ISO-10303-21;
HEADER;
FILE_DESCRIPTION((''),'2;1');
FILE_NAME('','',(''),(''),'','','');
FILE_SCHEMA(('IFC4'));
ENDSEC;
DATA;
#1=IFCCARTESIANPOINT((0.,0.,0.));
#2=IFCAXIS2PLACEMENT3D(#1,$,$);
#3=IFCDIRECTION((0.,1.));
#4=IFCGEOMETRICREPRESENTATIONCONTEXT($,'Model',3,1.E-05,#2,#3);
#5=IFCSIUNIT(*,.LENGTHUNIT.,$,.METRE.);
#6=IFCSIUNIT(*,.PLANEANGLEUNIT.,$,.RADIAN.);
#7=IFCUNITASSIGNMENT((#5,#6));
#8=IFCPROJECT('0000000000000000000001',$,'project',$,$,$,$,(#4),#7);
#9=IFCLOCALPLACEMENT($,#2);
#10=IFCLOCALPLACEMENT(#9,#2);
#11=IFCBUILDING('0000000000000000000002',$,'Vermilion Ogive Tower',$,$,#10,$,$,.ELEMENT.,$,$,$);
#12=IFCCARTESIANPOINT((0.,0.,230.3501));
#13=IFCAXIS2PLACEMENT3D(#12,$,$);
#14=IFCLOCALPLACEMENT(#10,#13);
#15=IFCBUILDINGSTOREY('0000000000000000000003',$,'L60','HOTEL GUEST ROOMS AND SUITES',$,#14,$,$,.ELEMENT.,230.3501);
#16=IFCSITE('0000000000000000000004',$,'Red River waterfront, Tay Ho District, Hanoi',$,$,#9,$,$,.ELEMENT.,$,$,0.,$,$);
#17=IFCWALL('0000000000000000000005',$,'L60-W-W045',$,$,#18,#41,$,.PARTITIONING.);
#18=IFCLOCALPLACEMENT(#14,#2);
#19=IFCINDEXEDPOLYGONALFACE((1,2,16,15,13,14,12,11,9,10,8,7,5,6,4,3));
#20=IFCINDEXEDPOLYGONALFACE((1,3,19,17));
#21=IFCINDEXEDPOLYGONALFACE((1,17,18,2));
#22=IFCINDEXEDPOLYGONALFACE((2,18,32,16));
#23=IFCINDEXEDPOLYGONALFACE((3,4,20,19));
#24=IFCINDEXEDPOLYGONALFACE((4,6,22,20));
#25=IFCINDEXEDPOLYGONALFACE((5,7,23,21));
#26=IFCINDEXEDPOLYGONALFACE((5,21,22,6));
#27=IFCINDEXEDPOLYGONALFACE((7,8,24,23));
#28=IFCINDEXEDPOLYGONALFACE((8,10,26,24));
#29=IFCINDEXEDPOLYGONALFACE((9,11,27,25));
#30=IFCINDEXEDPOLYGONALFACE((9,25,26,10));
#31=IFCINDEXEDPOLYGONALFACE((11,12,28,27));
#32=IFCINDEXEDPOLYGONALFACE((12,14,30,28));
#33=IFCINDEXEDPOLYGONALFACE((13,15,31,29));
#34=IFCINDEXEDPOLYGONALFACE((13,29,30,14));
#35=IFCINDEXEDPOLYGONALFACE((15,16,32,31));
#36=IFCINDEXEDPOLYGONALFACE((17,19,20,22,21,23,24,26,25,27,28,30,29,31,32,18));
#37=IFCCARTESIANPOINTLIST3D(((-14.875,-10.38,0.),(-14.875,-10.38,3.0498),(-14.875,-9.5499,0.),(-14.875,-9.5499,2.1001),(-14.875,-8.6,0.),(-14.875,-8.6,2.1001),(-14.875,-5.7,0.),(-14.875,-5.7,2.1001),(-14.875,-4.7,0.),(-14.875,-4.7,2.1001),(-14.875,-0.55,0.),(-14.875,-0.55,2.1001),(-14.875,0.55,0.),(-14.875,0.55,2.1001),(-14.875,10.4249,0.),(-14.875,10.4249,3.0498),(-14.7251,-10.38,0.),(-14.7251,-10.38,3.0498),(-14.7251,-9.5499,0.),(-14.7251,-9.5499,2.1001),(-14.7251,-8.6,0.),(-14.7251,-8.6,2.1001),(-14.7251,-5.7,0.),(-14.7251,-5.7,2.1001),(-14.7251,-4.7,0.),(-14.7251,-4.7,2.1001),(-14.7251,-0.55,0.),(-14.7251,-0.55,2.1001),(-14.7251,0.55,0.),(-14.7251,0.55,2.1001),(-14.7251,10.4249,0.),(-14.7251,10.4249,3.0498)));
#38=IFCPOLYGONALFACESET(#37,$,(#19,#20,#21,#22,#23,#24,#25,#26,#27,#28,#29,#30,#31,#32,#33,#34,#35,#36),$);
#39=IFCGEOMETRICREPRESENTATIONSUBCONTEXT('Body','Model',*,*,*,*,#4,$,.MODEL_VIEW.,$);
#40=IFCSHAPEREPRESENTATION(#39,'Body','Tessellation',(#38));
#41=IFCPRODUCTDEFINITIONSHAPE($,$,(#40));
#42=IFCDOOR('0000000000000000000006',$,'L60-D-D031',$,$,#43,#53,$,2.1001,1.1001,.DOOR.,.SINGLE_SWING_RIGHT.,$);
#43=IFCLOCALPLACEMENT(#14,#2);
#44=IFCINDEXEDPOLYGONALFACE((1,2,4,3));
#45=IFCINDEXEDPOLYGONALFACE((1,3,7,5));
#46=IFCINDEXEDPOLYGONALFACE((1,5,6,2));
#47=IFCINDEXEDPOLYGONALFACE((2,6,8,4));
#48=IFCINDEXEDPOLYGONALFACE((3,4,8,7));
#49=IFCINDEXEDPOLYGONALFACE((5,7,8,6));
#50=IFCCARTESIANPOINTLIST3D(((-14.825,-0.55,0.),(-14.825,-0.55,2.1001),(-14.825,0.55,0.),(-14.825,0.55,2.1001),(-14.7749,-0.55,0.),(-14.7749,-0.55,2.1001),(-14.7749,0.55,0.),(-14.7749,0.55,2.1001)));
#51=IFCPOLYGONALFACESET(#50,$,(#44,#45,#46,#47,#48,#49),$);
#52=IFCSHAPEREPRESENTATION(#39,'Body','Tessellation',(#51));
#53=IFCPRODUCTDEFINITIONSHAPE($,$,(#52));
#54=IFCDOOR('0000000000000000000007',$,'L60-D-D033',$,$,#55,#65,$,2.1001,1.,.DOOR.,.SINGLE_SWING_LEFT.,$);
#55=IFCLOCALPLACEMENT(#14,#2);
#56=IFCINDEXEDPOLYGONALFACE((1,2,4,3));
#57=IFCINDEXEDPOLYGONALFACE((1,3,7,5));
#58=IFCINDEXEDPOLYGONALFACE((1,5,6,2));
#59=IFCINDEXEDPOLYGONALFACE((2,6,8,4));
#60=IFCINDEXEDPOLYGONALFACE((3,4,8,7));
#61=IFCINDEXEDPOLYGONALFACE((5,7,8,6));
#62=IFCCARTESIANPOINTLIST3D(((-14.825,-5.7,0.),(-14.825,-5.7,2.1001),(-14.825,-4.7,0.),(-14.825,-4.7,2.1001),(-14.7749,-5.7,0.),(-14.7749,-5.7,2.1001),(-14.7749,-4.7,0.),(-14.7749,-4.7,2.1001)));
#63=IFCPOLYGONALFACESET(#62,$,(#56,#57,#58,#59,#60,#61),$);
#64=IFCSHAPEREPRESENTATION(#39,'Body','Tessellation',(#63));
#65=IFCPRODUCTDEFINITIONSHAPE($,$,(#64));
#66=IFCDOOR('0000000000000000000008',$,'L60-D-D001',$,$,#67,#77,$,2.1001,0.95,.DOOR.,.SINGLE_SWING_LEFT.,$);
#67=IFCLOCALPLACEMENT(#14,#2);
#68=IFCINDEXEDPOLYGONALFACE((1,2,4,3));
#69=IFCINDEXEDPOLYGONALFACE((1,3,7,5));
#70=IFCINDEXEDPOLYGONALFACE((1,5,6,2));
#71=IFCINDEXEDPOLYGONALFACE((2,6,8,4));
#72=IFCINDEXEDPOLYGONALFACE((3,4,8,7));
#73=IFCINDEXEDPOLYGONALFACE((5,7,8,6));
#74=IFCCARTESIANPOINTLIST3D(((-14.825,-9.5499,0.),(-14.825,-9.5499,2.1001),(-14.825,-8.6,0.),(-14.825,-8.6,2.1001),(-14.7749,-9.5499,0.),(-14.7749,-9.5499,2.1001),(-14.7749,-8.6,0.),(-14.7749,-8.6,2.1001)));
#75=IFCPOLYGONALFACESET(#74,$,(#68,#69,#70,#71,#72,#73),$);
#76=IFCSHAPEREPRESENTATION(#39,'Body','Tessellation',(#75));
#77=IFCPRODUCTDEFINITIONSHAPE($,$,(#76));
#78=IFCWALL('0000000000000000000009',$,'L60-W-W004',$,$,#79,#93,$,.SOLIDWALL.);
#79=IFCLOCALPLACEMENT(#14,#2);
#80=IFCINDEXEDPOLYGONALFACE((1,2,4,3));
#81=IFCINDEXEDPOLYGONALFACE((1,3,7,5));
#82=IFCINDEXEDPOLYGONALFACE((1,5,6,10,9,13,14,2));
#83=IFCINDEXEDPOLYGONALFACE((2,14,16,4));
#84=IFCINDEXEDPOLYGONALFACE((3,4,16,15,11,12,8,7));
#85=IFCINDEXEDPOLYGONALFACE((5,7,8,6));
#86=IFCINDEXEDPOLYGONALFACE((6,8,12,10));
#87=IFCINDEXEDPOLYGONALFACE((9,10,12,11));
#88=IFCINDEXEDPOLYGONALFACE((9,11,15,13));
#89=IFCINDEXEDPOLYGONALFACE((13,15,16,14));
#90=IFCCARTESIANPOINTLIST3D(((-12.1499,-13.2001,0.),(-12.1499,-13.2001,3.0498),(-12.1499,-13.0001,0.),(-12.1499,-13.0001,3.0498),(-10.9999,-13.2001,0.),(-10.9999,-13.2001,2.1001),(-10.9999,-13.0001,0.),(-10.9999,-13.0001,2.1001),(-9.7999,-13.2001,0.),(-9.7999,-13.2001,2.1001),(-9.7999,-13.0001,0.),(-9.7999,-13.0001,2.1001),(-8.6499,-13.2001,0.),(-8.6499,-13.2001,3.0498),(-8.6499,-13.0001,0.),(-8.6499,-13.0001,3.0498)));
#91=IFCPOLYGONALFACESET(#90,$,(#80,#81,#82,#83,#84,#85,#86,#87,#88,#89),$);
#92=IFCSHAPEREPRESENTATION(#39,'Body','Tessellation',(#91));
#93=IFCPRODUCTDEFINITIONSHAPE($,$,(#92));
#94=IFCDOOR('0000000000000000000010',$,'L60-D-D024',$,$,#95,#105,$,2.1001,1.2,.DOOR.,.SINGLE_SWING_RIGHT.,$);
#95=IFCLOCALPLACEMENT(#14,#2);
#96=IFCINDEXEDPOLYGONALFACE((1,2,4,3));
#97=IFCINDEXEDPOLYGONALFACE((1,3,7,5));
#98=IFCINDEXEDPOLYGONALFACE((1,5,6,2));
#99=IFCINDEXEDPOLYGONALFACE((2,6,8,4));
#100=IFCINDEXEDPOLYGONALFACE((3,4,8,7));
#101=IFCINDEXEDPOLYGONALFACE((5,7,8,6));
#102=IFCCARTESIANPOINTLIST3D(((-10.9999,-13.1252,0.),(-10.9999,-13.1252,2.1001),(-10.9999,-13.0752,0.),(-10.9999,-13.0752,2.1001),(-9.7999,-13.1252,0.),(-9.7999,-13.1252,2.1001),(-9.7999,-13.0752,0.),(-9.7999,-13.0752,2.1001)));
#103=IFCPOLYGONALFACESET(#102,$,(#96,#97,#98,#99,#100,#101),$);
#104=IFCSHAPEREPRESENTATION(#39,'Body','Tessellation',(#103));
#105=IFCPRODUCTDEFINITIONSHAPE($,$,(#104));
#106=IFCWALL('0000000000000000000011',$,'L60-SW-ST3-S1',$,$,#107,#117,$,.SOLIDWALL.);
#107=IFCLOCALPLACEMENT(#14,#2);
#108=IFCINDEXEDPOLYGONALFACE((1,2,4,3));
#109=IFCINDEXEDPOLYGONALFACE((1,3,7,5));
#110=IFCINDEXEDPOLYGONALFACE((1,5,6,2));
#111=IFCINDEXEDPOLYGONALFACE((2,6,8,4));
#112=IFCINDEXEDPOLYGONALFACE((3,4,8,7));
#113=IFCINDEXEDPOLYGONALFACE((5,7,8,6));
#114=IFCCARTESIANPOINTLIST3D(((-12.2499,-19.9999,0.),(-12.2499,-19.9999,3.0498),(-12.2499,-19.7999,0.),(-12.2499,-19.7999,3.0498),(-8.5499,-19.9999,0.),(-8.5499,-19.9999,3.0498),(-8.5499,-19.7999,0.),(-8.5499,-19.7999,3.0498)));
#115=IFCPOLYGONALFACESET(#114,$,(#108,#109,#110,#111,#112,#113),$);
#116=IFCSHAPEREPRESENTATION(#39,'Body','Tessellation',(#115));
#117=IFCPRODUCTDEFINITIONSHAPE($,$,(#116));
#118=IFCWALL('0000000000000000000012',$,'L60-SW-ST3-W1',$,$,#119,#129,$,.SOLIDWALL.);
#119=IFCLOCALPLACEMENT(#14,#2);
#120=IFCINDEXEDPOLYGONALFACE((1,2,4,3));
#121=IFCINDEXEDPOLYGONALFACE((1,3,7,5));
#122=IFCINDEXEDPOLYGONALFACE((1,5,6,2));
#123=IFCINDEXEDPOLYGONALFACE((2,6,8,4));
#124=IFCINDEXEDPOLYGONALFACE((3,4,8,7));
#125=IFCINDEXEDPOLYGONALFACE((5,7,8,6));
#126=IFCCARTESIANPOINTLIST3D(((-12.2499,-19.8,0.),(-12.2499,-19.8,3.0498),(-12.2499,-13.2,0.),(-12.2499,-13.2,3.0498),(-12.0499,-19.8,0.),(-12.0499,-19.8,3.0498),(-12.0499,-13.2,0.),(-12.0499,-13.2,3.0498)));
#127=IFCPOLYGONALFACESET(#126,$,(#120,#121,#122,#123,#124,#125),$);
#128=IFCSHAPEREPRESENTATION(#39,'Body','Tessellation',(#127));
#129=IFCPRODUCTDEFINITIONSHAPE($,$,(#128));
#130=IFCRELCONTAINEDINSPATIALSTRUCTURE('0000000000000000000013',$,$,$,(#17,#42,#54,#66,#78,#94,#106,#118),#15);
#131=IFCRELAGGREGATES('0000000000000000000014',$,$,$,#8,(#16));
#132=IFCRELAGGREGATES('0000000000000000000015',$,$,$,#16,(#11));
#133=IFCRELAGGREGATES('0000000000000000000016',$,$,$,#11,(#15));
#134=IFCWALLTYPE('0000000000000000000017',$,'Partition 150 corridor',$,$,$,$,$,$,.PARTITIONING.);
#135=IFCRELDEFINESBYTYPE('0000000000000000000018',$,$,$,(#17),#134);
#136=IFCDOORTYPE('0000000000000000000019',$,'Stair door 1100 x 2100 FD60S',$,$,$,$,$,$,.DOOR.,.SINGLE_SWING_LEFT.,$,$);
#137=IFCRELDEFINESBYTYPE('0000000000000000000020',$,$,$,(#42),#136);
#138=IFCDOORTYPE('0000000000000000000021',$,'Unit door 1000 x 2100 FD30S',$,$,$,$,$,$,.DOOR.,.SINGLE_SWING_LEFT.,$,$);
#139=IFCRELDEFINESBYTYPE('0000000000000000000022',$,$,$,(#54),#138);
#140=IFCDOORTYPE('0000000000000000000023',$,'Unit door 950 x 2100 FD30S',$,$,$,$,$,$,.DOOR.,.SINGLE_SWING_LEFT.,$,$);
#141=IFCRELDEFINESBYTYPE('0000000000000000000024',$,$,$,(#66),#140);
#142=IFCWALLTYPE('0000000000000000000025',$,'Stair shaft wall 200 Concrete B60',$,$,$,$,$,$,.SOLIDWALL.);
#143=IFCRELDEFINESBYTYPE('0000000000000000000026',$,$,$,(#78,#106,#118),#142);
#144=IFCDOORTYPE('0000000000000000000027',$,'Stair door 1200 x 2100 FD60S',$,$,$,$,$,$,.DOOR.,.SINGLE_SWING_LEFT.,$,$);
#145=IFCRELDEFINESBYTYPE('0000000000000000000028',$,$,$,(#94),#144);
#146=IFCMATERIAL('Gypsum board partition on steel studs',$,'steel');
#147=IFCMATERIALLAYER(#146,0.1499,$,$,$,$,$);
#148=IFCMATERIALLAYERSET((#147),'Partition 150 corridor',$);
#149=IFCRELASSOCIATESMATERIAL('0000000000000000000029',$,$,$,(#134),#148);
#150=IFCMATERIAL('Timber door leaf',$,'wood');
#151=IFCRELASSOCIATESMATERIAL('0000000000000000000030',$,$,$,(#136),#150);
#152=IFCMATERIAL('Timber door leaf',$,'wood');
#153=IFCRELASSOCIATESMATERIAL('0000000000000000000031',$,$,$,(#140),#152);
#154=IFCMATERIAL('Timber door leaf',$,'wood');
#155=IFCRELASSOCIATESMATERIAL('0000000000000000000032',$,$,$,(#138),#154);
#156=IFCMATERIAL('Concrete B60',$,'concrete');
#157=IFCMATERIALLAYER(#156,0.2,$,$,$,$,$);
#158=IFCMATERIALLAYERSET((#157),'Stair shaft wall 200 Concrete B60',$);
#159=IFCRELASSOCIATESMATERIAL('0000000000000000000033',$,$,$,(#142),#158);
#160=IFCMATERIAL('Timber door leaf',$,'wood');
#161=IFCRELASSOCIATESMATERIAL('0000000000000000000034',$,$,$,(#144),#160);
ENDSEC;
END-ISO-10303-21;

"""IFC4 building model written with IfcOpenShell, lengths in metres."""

from ifc_helpers import new_model, si_unit, direction, frame, frame_2d, origin, place, context, subcontext, project, spatial, rectangle, extrude, material, layer, layer_set, type_object, element, fill, save


model = new_model("IFC4")

# Units and contexts
model_context = context("Model", 3, precision=1e-05, world=origin(), true_north=direction((0.0, 1.0)))
body_context = subcontext(model_context, "Body", "Model", "MODEL_VIEW")
ifc_project = project(units=[si_unit("LENGTHUNIT", "METRE"), si_unit("PLANEANGLEUNIT", "RADIAN")], contexts=[model_context])

# Site, building, storey
site_placement = place(None, origin())
site = spatial("IfcSite", under=ifc_project, at=site_placement, Name="Red River waterfront, Tay Ho District, Hanoi", CompositionType="ELEMENT", RefElevation=0.0)
building_placement = place(site_placement, origin())
building = spatial("IfcBuilding", under=site, at=building_placement, Name="Vermilion Ogive Tower", CompositionType="ELEMENT")
storey_placement = place(building_placement, frame((0.0, 0.0, 230.3501)))
storey = spatial("IfcBuildingStorey", under=building, at=storey_placement, Name="L60", Description="HOTEL GUEST ROOMS AND SUITES", CompositionType="ELEMENT", Elevation=230.3501)

# Wall, openings, doors
ifc_material_1 = material(Name="Gypsum board partition on steel studs", Category="steel")
ifc_layer_1 = layer(ifc_material_1, 0.1499)
ifc_layer_set_1 = layer_set([ifc_layer_1], Name="Partition 150 corridor")
wall_type_1 = type_object("IfcWallType", Name="Partition 150 corridor", PredefinedType="PARTITIONING", material=ifc_layer_set_1)
ifc_material_2 = material(Name="Timber door leaf", Category="wood")
door_type_1 = type_object("IfcDoorType", Name="Stair door 1100 x 2100 FD60S", OperationType="SINGLE_SWING_LEFT", PredefinedType="DOOR", material=ifc_material_2)
ifc_material_3 = material(Name="Timber door leaf", Category="wood")
door_type_2 = type_object("IfcDoorType", Name="Unit door 950 x 2100 FD30S", OperationType="SINGLE_SWING_LEFT", PredefinedType="DOOR", material=ifc_material_3)
wall_1_placement = place(storey_placement, frame((-14.8, -10.3799, 0.0), z_axis=(0.0, 0.0, 1.0), x_axis=(0.0, 1.0, 0.0)))
wall_1 = element("IfcWall", 1, at=wall_1_placement, inside=storey, type_object=wall_type_1, Name="L60-W-W045", PredefinedType="PARTITIONING", context=body_context, shape_type="SweptSolid", body=[
    extrude(rectangle(XDim=20.8049, YDim=0.1499, at=frame_2d((10.4023, 0.0))), origin(), (0.0, 0.0, 1.0), 3.0498),
])
opening_1_placement = place(wall_1_placement, frame((0.8298, 0.0, 0.0)))
opening_1 = element("IfcOpeningElement", 2, at=opening_1_placement, cuts=wall_1, PredefinedType="OPENING", context=body_context, shape_type="SweptSolid", body=[
    extrude(rectangle(XDim=0.95, YDim=2.1001, at=frame_2d((0.4751, 1.05))), frame((0.0, 0.085, 0.0), z_axis=(0.0, -1.0, 0.0), x_axis=(1.0, 0.0, 0.0)), (0.0, 0.0, 1.0), 0.1699),
])
opening_2_placement = place(wall_1_placement, frame((9.8298, 0.0, 0.0)))
opening_2 = element("IfcOpeningElement", 3, at=opening_2_placement, cuts=wall_1, PredefinedType="OPENING", context=body_context, shape_type="SweptSolid", body=[
    extrude(rectangle(XDim=1.1001, YDim=2.1001, at=frame_2d((0.55, 1.05))), frame((0.0, 0.085, 0.0), z_axis=(0.0, -1.0, 0.0), x_axis=(1.0, 0.0, 0.0)), (0.0, 0.0, 1.0), 0.1699),
])
opening_3_placement = place(wall_1_placement, frame((4.6799, 0.0, 0.0)))
opening_3 = element("IfcOpeningElement", 4, at=opening_3_placement, cuts=wall_1, PredefinedType="OPENING", context=body_context, shape_type="SweptSolid", body=[
    extrude(rectangle(XDim=1.0, YDim=2.1001, at=frame_2d((0.5, 1.05))), frame((0.0, 0.085, 0.0), z_axis=(0.0, -1.0, 0.0), x_axis=(1.0, 0.0, 0.0)), (0.0, 0.0, 1.0), 0.1699),
])
door_1_placement = place(opening_2_placement, origin())
door_1 = element("IfcDoor", 5, at=door_1_placement, inside=storey, type_object=door_type_1, Name="L60-D-D031", OperationType="SINGLE_SWING_RIGHT", OverallHeight=2.1001, OverallWidth=1.1001, PredefinedType="DOOR", context=body_context, shape_type="SweptSolid", body=[
    extrude(rectangle(XDim=1.1001, YDim=2.1001, at=frame_2d((0.55, 1.05))), frame((0.0, 0.0249, 0.0), z_axis=(0.0, -1.0, 0.0), x_axis=(1.0, 0.0, 0.0)), (0.0, 0.0, 1.0), 0.05),
])
fill(opening_2, door_1)
ifc_material_4 = material(Name="Timber door leaf", Category="wood")
door_type_3 = type_object("IfcDoorType", Name="Unit door 1000 x 2100 FD30S", OperationType="SINGLE_SWING_LEFT", PredefinedType="DOOR", material=ifc_material_4)
door_2_placement = place(opening_3_placement, origin())
door_2 = element("IfcDoor", 6, at=door_2_placement, inside=storey, type_object=door_type_3, Name="L60-D-D033", OperationType="SINGLE_SWING_LEFT", OverallHeight=2.1001, OverallWidth=1.0, PredefinedType="DOOR", context=body_context, shape_type="SweptSolid", body=[
    extrude(rectangle(XDim=1.0, YDim=2.1001, at=frame_2d((0.5, 1.05))), frame((0.0, 0.0249, 0.0), z_axis=(0.0, -1.0, 0.0), x_axis=(1.0, 0.0, 0.0)), (0.0, 0.0, 1.0), 0.05),
])
fill(opening_3, door_2)
door_3_placement = place(opening_1_placement, origin())
door_3 = element("IfcDoor", 7, at=door_3_placement, inside=storey, type_object=door_type_2, Name="L60-D-D001", OperationType="SINGLE_SWING_LEFT", OverallHeight=2.1001, OverallWidth=0.95, PredefinedType="DOOR", context=body_context, shape_type="SweptSolid", body=[
    extrude(rectangle(XDim=0.95, YDim=2.1001, at=frame_2d((0.4751, 1.05))), frame((0.0, 0.0249, 0.0), z_axis=(0.0, -1.0, 0.0), x_axis=(1.0, 0.0, 0.0)), (0.0, 0.0, 1.0), 0.05),
])
fill(opening_1, door_3)

# Wall, opening, door
ifc_material_5 = material(Name="Concrete B60", Category="concrete")
ifc_layer_2 = layer(ifc_material_5, 0.2)
ifc_layer_set_2 = layer_set([ifc_layer_2], Name="Stair shaft wall 200 Concrete B60")
wall_type_2 = type_object("IfcWallType", Name="Stair shaft wall 200 Concrete B60", PredefinedType="SOLIDWALL", material=ifc_layer_set_2)
wall_2_placement = place(storey_placement, frame((-12.1499, -13.1001, 0.0), z_axis=(0.0, 0.0, 1.0), x_axis=(1.0, 0.0, 0.0)))
wall_2 = element("IfcWall", 8, at=wall_2_placement, inside=storey, type_object=wall_type_2, Name="L60-W-W004", PredefinedType="SOLIDWALL", context=body_context, shape_type="SweptSolid", body=[
    extrude(rectangle(XDim=3.5, YDim=0.2, at=frame_2d((1.75, 0.0))), origin(), (0.0, 0.0, 1.0), 3.0498),
])
opening_4_placement = place(wall_2_placement, frame((1.1499, 0.0, 0.0)))
opening_4 = element("IfcOpeningElement", 9, at=opening_4_placement, cuts=wall_2, PredefinedType="OPENING", context=body_context, shape_type="SweptSolid", body=[
    extrude(rectangle(XDim=1.2, YDim=2.1001, at=frame_2d((0.6001, 1.05))), frame((0.0, 0.1099, 0.0), z_axis=(0.0, -1.0, 0.0), x_axis=(1.0, 0.0, 0.0)), (0.0, 0.0, 1.0), 0.22),
])
ifc_material_6 = material(Name="Timber door leaf", Category="wood")
door_type_4 = type_object("IfcDoorType", Name="Stair door 1200 x 2100 FD60S", OperationType="SINGLE_SWING_LEFT", PredefinedType="DOOR", material=ifc_material_6)
door_4_placement = place(opening_4_placement, origin())
door_4 = element("IfcDoor", 10, at=door_4_placement, inside=storey, type_object=door_type_4, Name="L60-D-D024", OperationType="SINGLE_SWING_RIGHT", OverallHeight=2.1001, OverallWidth=1.2, PredefinedType="DOOR", context=body_context, shape_type="SweptSolid", body=[
    extrude(rectangle(XDim=1.2, YDim=2.1001, at=frame_2d((0.6001, 1.05))), frame((0.0, 0.0249, 0.0), z_axis=(0.0, -1.0, 0.0), x_axis=(1.0, 0.0, 0.0)), (0.0, 0.0, 1.0), 0.05),
])
fill(opening_4, door_4)

# Walls
wall_3_placement = place(storey_placement, frame((-12.25, -19.8999, 0.0), z_axis=(0.0, 0.0, 1.0), x_axis=(1.0, 0.0, 0.0)))
element("IfcWall", 11, at=wall_3_placement, inside=storey, type_object=wall_type_2, Name="L60-SW-ST3-S1", PredefinedType="SOLIDWALL", context=body_context, shape_type="SweptSolid", body=[
    extrude(rectangle(XDim=3.7, YDim=0.2, at=frame_2d((1.8501, 0.0))), origin(), (0.0, 0.0, 1.0), 3.0498),
])
wall_4_placement = place(storey_placement, frame((-12.1499, -19.8, 0.0), z_axis=(0.0, 0.0, 1.0), x_axis=(0.0, 1.0, 0.0)))
element("IfcWall", 12, at=wall_4_placement, inside=storey, type_object=wall_type_2, Name="L60-SW-ST3-W1", PredefinedType="SOLIDWALL", context=body_context, shape_type="SweptSolid", body=[
    extrude(rectangle(XDim=6.6001, YDim=0.2, at=frame_2d((3.3, 0.0))), origin(), (0.0, 0.0, 1.0), 3.0498),
])

save(model, "model.ifc")
